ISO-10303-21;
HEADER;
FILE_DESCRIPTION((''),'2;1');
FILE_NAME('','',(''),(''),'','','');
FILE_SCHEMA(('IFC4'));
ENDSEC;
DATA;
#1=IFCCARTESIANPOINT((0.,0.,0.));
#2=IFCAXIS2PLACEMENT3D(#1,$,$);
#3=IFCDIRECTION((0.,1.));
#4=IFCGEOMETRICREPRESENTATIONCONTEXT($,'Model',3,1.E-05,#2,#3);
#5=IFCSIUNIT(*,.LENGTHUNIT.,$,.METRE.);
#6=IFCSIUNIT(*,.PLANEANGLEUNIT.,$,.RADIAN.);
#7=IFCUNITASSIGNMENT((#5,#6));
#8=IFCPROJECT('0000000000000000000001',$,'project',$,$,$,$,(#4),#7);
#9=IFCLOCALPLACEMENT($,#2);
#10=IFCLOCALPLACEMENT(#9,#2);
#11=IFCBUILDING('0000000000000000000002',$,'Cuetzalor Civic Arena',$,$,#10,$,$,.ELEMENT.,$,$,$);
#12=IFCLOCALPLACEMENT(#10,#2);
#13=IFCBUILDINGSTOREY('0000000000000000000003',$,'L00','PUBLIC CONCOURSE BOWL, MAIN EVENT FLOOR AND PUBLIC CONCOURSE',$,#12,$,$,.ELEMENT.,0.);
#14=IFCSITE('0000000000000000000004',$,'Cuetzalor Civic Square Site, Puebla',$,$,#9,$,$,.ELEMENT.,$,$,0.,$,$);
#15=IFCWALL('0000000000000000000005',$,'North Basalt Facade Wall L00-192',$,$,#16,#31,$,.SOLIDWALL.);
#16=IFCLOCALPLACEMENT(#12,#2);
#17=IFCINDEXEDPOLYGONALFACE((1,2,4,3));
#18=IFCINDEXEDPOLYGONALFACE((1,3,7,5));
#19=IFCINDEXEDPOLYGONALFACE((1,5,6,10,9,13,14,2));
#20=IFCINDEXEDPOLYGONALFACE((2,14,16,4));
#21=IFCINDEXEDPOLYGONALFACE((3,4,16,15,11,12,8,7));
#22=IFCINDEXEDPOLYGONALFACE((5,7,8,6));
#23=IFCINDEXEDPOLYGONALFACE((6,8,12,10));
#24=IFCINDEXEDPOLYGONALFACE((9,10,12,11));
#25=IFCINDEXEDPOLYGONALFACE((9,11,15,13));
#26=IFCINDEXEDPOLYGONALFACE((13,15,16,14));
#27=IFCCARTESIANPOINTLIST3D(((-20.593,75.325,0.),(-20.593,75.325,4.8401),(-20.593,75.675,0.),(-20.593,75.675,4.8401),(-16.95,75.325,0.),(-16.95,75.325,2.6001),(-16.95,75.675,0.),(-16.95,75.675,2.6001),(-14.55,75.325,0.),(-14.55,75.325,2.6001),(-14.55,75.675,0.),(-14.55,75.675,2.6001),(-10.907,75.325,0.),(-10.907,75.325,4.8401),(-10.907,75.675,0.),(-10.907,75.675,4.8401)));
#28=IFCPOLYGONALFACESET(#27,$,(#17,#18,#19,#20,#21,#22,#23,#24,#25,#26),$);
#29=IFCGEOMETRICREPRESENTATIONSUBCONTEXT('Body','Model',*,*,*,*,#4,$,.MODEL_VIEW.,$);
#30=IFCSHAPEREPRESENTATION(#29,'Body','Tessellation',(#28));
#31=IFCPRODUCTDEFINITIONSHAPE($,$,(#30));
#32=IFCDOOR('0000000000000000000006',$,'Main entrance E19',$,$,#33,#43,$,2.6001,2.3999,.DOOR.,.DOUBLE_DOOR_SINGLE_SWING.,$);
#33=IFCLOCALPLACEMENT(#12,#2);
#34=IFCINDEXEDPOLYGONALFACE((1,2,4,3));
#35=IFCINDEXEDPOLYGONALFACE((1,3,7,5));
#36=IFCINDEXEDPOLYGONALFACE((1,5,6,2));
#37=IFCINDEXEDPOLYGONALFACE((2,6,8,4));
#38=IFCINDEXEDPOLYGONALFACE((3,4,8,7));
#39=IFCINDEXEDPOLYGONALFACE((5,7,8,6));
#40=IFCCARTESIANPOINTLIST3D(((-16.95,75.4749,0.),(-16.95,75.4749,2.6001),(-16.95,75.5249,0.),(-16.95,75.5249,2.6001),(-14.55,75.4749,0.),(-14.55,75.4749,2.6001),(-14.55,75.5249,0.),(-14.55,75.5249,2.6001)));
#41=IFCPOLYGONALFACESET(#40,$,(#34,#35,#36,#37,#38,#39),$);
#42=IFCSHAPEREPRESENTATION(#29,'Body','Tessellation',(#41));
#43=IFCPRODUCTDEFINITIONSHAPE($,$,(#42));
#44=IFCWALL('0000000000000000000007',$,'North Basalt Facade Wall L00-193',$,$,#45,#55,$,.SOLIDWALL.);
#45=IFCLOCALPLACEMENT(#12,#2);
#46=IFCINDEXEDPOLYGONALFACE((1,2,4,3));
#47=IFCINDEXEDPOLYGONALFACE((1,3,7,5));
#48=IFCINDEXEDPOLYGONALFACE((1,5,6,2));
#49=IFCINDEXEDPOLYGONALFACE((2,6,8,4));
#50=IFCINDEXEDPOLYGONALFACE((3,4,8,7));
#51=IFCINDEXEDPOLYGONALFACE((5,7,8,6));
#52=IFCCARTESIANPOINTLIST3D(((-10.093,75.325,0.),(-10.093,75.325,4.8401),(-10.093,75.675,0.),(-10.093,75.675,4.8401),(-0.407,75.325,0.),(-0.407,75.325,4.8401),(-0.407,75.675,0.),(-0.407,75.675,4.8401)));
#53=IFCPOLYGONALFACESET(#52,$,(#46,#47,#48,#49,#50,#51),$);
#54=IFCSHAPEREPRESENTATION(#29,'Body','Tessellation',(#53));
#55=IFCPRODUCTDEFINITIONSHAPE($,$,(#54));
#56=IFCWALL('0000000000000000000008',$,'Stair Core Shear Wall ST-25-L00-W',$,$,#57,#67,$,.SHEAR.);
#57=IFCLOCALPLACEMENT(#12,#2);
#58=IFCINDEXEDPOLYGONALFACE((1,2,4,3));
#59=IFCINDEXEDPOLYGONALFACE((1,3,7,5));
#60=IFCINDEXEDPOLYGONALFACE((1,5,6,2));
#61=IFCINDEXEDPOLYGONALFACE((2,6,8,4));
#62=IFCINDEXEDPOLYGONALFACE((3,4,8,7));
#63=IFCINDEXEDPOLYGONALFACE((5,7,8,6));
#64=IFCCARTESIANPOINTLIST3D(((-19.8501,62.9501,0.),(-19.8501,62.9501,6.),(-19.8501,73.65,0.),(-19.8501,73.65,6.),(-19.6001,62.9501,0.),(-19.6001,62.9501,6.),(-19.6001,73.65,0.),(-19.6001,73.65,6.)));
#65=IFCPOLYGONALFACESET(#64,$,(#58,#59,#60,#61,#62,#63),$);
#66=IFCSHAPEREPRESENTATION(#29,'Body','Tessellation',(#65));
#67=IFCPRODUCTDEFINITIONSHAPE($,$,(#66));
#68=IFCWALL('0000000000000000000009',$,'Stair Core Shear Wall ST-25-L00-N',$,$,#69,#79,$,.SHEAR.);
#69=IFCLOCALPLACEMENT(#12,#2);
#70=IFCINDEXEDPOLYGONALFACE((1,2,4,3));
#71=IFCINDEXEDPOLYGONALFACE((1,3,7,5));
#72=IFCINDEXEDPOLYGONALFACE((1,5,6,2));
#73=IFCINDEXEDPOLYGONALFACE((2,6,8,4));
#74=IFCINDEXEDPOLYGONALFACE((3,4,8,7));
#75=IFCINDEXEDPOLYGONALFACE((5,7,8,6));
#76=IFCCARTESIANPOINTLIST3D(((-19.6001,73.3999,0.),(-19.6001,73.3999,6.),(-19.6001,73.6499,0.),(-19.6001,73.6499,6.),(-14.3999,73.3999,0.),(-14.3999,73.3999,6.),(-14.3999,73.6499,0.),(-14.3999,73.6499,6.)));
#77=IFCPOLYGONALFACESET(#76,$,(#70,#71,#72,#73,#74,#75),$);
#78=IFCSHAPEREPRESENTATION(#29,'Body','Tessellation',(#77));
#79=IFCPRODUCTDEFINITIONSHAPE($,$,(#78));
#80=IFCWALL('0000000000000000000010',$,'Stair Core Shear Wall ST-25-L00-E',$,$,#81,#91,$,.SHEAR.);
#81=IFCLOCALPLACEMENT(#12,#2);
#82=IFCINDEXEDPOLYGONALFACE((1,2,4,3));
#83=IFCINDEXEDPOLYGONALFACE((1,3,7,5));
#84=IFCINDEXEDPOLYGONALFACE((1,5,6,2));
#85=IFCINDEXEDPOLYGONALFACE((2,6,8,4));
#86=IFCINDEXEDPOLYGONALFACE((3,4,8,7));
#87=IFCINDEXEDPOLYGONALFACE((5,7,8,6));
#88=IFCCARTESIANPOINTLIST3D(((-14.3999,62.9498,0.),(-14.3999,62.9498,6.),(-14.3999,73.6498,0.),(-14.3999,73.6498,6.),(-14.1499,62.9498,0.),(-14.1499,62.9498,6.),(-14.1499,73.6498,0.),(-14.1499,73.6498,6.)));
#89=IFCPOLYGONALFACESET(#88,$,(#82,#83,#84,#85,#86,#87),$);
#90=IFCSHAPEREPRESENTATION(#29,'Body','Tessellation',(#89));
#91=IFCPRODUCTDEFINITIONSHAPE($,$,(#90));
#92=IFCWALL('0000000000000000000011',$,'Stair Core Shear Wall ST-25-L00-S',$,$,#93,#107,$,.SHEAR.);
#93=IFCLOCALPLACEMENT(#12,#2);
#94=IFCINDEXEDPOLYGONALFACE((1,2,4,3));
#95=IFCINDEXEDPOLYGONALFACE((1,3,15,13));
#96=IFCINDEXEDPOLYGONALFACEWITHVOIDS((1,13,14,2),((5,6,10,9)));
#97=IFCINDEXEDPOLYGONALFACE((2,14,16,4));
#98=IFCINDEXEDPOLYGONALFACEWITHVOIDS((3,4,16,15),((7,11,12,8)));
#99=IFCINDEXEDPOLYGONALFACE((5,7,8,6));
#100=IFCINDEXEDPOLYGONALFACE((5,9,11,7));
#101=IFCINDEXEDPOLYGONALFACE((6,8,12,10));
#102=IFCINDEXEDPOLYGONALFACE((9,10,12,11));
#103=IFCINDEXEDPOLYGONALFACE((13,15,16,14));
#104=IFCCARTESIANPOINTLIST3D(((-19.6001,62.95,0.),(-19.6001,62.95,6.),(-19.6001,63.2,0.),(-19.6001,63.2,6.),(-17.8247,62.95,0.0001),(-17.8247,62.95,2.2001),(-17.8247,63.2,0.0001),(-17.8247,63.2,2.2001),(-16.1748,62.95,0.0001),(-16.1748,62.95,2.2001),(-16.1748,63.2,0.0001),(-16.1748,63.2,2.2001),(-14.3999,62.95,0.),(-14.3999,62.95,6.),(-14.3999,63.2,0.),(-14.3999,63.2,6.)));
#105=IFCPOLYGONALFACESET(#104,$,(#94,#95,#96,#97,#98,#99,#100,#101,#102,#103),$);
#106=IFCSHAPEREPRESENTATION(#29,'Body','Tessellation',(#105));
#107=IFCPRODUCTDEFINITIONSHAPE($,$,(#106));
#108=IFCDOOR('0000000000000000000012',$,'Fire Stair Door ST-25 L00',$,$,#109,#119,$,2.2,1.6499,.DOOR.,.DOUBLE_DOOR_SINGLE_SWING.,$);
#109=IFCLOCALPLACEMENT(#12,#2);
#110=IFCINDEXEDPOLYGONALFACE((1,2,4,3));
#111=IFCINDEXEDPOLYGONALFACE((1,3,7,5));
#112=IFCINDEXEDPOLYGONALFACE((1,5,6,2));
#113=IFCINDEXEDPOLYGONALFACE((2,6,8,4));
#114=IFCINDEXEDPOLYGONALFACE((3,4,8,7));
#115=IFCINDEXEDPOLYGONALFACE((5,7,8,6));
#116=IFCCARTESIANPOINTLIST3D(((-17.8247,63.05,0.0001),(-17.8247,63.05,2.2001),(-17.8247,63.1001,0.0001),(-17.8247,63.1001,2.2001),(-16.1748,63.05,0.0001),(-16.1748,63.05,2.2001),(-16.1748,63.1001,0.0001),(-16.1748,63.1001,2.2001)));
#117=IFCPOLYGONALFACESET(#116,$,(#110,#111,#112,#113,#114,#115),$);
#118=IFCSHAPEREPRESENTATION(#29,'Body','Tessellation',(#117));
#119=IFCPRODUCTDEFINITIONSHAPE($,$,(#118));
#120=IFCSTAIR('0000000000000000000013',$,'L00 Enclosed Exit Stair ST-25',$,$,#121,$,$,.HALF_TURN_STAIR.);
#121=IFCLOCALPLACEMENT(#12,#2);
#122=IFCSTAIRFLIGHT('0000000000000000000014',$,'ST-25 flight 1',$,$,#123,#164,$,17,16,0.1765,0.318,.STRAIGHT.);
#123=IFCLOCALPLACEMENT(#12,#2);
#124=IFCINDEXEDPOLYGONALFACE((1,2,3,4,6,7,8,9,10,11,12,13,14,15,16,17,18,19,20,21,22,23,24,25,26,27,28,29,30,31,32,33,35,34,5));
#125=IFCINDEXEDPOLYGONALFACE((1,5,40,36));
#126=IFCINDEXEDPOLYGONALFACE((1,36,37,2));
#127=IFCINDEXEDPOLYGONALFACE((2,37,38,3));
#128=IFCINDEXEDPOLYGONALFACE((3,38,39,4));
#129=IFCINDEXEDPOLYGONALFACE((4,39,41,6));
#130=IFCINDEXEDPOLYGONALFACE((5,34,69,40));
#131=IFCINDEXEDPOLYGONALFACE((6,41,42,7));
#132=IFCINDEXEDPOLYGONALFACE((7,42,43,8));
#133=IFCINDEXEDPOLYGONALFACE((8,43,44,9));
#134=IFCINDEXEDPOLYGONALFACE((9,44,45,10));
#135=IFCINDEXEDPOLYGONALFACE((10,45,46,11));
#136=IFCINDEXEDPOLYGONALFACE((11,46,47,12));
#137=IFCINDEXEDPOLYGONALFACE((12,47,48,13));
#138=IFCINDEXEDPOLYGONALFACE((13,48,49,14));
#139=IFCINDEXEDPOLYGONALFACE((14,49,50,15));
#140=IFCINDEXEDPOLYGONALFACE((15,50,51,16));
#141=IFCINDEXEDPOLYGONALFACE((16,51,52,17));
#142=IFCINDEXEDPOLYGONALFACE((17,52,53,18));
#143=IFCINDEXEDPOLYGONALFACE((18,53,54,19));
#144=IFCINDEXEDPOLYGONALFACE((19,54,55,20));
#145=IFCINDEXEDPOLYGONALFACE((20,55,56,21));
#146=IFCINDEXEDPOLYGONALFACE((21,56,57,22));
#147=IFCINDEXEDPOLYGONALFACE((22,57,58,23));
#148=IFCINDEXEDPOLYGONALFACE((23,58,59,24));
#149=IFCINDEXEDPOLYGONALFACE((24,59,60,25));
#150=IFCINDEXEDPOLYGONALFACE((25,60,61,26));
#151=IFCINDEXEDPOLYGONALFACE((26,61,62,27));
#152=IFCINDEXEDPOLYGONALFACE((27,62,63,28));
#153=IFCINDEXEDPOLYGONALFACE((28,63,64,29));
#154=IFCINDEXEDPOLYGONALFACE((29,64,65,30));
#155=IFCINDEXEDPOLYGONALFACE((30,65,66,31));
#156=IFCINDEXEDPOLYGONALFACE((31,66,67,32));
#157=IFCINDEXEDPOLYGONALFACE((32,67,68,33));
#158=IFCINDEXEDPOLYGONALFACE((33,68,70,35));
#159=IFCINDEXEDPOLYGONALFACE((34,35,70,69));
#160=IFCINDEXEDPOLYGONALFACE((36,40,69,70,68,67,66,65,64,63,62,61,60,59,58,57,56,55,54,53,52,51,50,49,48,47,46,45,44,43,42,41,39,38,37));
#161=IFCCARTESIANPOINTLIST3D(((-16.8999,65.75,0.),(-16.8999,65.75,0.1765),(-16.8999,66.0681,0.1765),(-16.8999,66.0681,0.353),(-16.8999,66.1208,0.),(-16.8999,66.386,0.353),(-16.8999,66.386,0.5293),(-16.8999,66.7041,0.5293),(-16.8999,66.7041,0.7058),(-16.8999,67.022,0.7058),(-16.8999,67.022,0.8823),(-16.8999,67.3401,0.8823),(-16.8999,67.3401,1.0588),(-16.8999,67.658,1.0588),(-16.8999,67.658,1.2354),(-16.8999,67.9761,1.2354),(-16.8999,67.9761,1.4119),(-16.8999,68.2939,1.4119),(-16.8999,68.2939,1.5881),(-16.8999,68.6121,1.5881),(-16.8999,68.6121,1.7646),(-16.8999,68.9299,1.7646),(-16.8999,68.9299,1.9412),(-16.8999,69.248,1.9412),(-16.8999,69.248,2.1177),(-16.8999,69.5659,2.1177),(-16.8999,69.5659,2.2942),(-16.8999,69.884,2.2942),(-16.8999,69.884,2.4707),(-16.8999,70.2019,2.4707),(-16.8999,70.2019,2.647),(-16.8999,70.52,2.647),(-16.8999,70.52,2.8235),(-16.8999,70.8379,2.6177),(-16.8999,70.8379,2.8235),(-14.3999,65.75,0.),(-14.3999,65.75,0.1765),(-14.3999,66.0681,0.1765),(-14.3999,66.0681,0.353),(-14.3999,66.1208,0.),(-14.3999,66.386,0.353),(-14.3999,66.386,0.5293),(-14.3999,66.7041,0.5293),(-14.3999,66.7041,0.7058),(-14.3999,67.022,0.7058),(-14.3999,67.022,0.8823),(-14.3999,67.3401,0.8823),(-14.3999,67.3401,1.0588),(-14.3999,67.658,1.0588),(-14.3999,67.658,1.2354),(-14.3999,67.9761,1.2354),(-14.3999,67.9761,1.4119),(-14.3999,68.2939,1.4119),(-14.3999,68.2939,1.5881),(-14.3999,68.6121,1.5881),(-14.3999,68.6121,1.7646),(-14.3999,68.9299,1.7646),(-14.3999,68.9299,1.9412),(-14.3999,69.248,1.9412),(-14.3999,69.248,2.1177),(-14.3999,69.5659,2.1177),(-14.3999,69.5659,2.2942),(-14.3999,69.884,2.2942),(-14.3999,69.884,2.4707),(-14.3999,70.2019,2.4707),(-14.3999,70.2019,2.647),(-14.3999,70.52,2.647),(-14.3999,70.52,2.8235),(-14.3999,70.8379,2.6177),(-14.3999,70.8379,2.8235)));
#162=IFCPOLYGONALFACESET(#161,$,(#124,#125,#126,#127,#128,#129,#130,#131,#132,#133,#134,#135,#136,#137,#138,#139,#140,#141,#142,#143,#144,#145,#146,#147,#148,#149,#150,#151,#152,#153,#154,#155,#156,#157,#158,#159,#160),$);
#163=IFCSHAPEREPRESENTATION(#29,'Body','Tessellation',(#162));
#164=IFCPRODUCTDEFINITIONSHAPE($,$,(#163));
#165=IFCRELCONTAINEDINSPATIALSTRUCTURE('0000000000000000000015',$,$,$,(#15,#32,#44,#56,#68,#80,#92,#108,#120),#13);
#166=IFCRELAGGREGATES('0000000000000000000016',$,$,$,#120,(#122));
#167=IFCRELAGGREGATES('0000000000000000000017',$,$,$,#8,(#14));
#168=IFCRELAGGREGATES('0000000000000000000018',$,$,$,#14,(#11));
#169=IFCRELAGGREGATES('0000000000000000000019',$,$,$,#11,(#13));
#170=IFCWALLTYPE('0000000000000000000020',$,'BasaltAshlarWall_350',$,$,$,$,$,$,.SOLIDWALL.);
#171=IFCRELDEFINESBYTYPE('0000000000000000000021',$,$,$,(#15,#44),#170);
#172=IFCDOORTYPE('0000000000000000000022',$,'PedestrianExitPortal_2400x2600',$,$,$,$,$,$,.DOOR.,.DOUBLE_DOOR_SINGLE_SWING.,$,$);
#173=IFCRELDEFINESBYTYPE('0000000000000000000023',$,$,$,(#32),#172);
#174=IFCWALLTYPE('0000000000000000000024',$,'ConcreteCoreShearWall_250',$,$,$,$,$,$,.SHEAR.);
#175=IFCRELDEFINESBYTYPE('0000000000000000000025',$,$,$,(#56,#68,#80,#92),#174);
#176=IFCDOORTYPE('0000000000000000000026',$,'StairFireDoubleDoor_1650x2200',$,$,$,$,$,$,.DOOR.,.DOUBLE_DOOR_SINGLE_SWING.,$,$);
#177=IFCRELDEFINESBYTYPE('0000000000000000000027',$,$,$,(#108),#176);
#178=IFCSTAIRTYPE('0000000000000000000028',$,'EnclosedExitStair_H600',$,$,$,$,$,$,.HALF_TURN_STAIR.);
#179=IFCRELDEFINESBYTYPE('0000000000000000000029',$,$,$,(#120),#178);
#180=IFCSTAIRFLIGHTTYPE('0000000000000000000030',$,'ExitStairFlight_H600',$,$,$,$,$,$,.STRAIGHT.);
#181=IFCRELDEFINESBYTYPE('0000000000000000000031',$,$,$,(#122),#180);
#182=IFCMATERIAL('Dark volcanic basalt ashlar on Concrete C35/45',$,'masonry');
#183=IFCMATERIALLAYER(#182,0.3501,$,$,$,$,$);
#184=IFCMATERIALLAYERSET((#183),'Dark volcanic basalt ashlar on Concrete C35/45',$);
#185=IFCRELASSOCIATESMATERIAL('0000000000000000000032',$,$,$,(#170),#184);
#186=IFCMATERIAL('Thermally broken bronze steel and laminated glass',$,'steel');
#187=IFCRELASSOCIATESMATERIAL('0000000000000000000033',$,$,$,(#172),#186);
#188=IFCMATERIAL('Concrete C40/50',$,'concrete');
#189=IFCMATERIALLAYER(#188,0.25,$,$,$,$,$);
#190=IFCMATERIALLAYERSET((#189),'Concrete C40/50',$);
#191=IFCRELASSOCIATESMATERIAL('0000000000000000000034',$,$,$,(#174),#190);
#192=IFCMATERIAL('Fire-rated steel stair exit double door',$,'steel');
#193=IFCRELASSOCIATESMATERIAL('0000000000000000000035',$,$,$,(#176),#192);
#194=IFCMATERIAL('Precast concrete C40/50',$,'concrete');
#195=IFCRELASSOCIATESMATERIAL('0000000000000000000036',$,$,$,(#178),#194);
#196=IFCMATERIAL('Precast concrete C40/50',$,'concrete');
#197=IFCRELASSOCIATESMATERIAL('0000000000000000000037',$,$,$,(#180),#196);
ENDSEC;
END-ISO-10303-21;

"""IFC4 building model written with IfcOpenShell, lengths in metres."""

from ifc_helpers import new_model, si_unit, direction, frame, frame_2d, origin, place, context, subcontext, project, spatial, polyline, rectangle, outline, extrude, material, layer, layer_set, type_object, element, fill, aggregate, save


model = new_model("IFC4")

# Units and contexts
model_context = context("Model", 3, precision=1e-05, world=origin(), true_north=direction((0.0, 1.0)))
body_context = subcontext(model_context, "Body", "Model", "MODEL_VIEW")
ifc_project = project(units=[si_unit("LENGTHUNIT", "METRE"), si_unit("PLANEANGLEUNIT", "RADIAN")], contexts=[model_context])

# Site, building, storey
site_placement = place(None, origin())
site = spatial("IfcSite", under=ifc_project, at=site_placement, Name="Cuetzalor Civic Square Site, Puebla", CompositionType="ELEMENT", RefElevation=0.0)
building_placement = place(site_placement, origin())
building = spatial("IfcBuilding", under=site, at=building_placement, Name="Cuetzalor Civic Arena", CompositionType="ELEMENT")
storey_placement = place(building_placement, origin())
storey = spatial("IfcBuildingStorey", under=building, at=storey_placement, Name="L00", Description="PUBLIC CONCOURSE BOWL, MAIN EVENT FLOOR AND PUBLIC CONCOURSE", CompositionType="ELEMENT", Elevation=0.0)

# Wall, opening, door
ifc_material_1 = material(Name="Dark volcanic basalt ashlar on Concrete C35/45", Category="masonry")
ifc_layer_1 = layer(ifc_material_1, 0.3501)
ifc_layer_set_1 = layer_set([ifc_layer_1], Name="Dark volcanic basalt ashlar on Concrete C35/45")
wall_type_1 = type_object("IfcWallType", Name="BasaltAshlarWall_350", PredefinedType="SOLIDWALL", material=ifc_layer_set_1)
wall_1_placement = place(storey_placement, frame((-20.593, 75.5, 0.0), z_axis=(0.0, 0.0, 1.0), x_axis=(1.0, 0.0, 0.0)))
wall_1 = element("IfcWall", 1, at=wall_1_placement, inside=storey, type_object=wall_type_1, Name="North Basalt Facade Wall L00-192", PredefinedType="SOLIDWALL", context=body_context, shape_type="SweptSolid", body=[
    extrude(rectangle(XDim=9.686, YDim=0.3501, at=frame_2d((4.843, 0.0))), origin(), (0.0, 0.0, 1.0), 4.8401),
])
opening_1_placement = place(wall_1_placement, frame((3.6431, 0.0, 0.0)))
opening_1 = element("IfcOpeningElement", 2, at=opening_1_placement, cuts=wall_1, PredefinedType="OPENING", context=body_context, shape_type="SweptSolid", body=[
    extrude(rectangle(XDim=2.3999, YDim=2.6001, at=frame_2d((1.2, 1.3))), frame((0.0, 0.1851, 0.0), z_axis=(0.0, -1.0, 0.0), x_axis=(1.0, 0.0, 0.0)), (0.0, 0.0, 1.0), 0.3701),
])
ifc_material_2 = material(Name="Thermally broken bronze steel and laminated glass", Category="steel")
door_type_1 = type_object("IfcDoorType", Name="PedestrianExitPortal_2400x2600", OperationType="DOUBLE_DOOR_SINGLE_SWING", PredefinedType="DOOR", material=ifc_material_2)
door_1_placement = place(opening_1_placement, origin())
door_1 = element("IfcDoor", 3, at=door_1_placement, inside=storey, type_object=door_type_1, Name="Main entrance E19", OperationType="DOUBLE_DOOR_SINGLE_SWING", OverallHeight=2.6001, OverallWidth=2.3999, PredefinedType="DOOR", context=body_context, shape_type="SweptSolid", body=[
    extrude(rectangle(XDim=2.3999, YDim=2.6001, at=frame_2d((1.2, 1.3))), frame((0.0, 0.0249, 0.0), z_axis=(0.0, -1.0, 0.0), x_axis=(1.0, 0.0, 0.0)), (0.0, 0.0, 1.0), 0.05),
])
fill(opening_1, door_1)

# Walls
wall_2_placement = place(storey_placement, frame((-10.093, 75.5, 0.0), z_axis=(0.0, 0.0, 1.0), x_axis=(1.0, 0.0, 0.0)))
element("IfcWall", 4, at=wall_2_placement, inside=storey, type_object=wall_type_1, Name="North Basalt Facade Wall L00-193", PredefinedType="SOLIDWALL", context=body_context, shape_type="SweptSolid", body=[
    extrude(rectangle(XDim=9.686, YDim=0.3501, at=frame_2d((4.843, 0.0))), origin(), (0.0, 0.0, 1.0), 4.8401),
])
ifc_material_3 = material(Name="Concrete C40/50", Category="concrete")
ifc_layer_2 = layer(ifc_material_3, 0.25)
ifc_layer_set_2 = layer_set([ifc_layer_2], Name="Concrete C40/50")
wall_type_2 = type_object("IfcWallType", Name="ConcreteCoreShearWall_250", PredefinedType="SHEAR", material=ifc_layer_set_2)
wall_3_placement = place(storey_placement, frame((-19.7251, 62.95, 0.0), z_axis=(0.0, 0.0, 1.0), x_axis=(0.0, 1.0, 0.0)))
element("IfcWall", 5, at=wall_3_placement, inside=storey, type_object=wall_type_2, Name="Stair Core Shear Wall ST-25-L00-W", PredefinedType="SHEAR", context=body_context, shape_type="SweptSolid", body=[
    extrude(rectangle(XDim=10.7, YDim=0.25, at=frame_2d((5.3501, 0.0))), origin(), (0.0, 0.0, 1.0), 6.0),
])
wall_4_placement = place(storey_placement, frame((-19.6001, 73.5249, 0.0), z_axis=(0.0, 0.0, 1.0), x_axis=(1.0, 0.0, 0.0)))
element("IfcWall", 6, at=wall_4_placement, inside=storey, type_object=wall_type_2, Name="Stair Core Shear Wall ST-25-L00-N", PredefinedType="SHEAR", context=body_context, shape_type="SweptSolid", body=[
    extrude(rectangle(XDim=5.2002, YDim=0.25, at=frame_2d((2.6001, 0.0))), origin(), (0.0, 0.0, 1.0), 6.0),
])
wall_5_placement = place(storey_placement, frame((-14.2749, 73.6499, 0.0), z_axis=(0.0, 0.0, 1.0), x_axis=(0.0, -1.0, 0.0)))
element("IfcWall", 7, at=wall_5_placement, inside=storey, type_object=wall_type_2, Name="Stair Core Shear Wall ST-25-L00-E", PredefinedType="SHEAR", context=body_context, shape_type="SweptSolid", body=[
    extrude(rectangle(XDim=10.7, YDim=0.25, at=frame_2d((5.3501, 0.0))), origin(), (0.0, 0.0, 1.0), 6.0),
])

# Wall, opening, door
wall_6_placement = place(storey_placement, frame((-14.3999, 63.075, 0.0), z_axis=(0.0, 0.0, 1.0), x_axis=(-1.0, 0.0, 0.0)))
wall_6 = element("IfcWall", 8, at=wall_6_placement, inside=storey, type_object=wall_type_2, Name="Stair Core Shear Wall ST-25-L00-S", PredefinedType="SHEAR", context=body_context, shape_type="SweptSolid", body=[
    extrude(rectangle(XDim=5.2002, YDim=0.25, at=frame_2d((2.6001, 0.0))), origin(), (0.0, 0.0, 1.0), 6.0),
])
opening_2_placement = place(wall_6_placement, frame((1.7749, 0.0, 0.0)))
opening_2 = element("IfcOpeningElement", 9, at=opening_2_placement, cuts=wall_6, PredefinedType="OPENING", context=body_context, shape_type="SweptSolid", body=[
    extrude(rectangle(XDim=1.6499, YDim=2.2, at=frame_2d((0.825, 1.1001))), frame((0.0, 0.135, 0.0), z_axis=(0.0, -1.0, 0.0), x_axis=(1.0, 0.0, 0.0)), (0.0, 0.0, 1.0), 0.27),
])
ifc_material_4 = material(Name="Fire-rated steel stair exit double door", Category="steel")
door_type_2 = type_object("IfcDoorType", Name="StairFireDoubleDoor_1650x2200", OperationType="DOUBLE_DOOR_SINGLE_SWING", PredefinedType="DOOR", material=ifc_material_4)
door_2_placement = place(opening_2_placement, origin())
door_2 = element("IfcDoor", 10, at=door_2_placement, inside=storey, type_object=door_type_2, Name="Fire Stair Door ST-25 L00", OperationType="DOUBLE_DOOR_SINGLE_SWING", OverallHeight=2.2, OverallWidth=1.6499, PredefinedType="DOOR", context=body_context, shape_type="SweptSolid", body=[
    extrude(rectangle(XDim=1.6499, YDim=2.2, at=frame_2d((0.825, 1.1001))), frame((0.0, 0.0249, 0.0), z_axis=(0.0, -1.0, 0.0), x_axis=(1.0, 0.0, 0.0)), (0.0, 0.0, 1.0), 0.05),
])
fill(opening_2, door_2)

# Stair, stair flight
ifc_material_5 = material(Name="Precast concrete C40/50", Category="concrete")
stair_type = type_object("IfcStairType", Name="EnclosedExitStair_H600", PredefinedType="HALF_TURN_STAIR", material=ifc_material_5)
stair_placement = place(storey_placement, origin())
stair = element("IfcStair", 11, at=stair_placement, inside=storey, type_object=stair_type, Name="L00 Enclosed Exit Stair ST-25", PredefinedType="HALF_TURN_STAIR")
ifc_material_6 = material(Name="Precast concrete C40/50", Category="concrete")
stair_flight_type = type_object("IfcStairFlightType", Name="ExitStairFlight_H600", PredefinedType="STRAIGHT", material=ifc_material_6)
stair_flight_1_placement = place(storey_placement, frame((-15.6499, 65.75, 0.0), z_axis=(0.0, 0.0, 1.0), x_axis=(0.0, 1.0, 0.0)))
stair_flight_1 = element("IfcStairFlight", 12, at=stair_flight_1_placement, type_object=stair_flight_type, Name="ST-25 flight 1", NumberOfRisers=17, NumberOfTreads=16, PredefinedType="STRAIGHT", RiserHeight=0.1765, TreadLength=0.318, context=body_context, shape_type="SweptSolid", body=[
    extrude(outline(polyline([(0.0, 0.0), (0.0, 0.1765), (0.3181, 0.1765), (0.3181, 0.353), (0.636, 0.353), (0.636, 0.5293), (0.9541, 0.5293), (0.9541, 0.7058), (1.272, 0.7058), (1.272, 0.8823), (1.5901, 0.8823), (1.5901, 1.0588), (1.908, 1.0588), (1.908, 1.2354), (2.2261, 1.2354), (2.2261, 1.4119), (2.5439, 1.4119), (2.5439, 1.5881), (2.8621, 1.5881), (2.8621, 1.7646), (3.1799, 1.7646), (3.1799, 1.9412), (3.498, 1.9412), (3.498, 2.1177), (3.8159, 2.1177), (3.8159, 2.2942), (4.134, 2.2942), (4.134, 2.4707), (4.4519, 2.4707), (4.4519, 2.647), (4.77, 2.647), (4.77, 2.8235), (5.0879, 2.8235), (5.0879, 3.0), (5.0879, 2.6177), (0.3708, 0.0), (0.0, 0.0)])), frame((0.0, 1.25, 0.0), z_axis=(0.0, -1.0, 0.0), x_axis=(1.0, 0.0, 0.0)), (0.0, 0.0, 1.0), 2.5),
])
aggregate(stair, [stair_flight_1])

save(model, "model.ifc")
